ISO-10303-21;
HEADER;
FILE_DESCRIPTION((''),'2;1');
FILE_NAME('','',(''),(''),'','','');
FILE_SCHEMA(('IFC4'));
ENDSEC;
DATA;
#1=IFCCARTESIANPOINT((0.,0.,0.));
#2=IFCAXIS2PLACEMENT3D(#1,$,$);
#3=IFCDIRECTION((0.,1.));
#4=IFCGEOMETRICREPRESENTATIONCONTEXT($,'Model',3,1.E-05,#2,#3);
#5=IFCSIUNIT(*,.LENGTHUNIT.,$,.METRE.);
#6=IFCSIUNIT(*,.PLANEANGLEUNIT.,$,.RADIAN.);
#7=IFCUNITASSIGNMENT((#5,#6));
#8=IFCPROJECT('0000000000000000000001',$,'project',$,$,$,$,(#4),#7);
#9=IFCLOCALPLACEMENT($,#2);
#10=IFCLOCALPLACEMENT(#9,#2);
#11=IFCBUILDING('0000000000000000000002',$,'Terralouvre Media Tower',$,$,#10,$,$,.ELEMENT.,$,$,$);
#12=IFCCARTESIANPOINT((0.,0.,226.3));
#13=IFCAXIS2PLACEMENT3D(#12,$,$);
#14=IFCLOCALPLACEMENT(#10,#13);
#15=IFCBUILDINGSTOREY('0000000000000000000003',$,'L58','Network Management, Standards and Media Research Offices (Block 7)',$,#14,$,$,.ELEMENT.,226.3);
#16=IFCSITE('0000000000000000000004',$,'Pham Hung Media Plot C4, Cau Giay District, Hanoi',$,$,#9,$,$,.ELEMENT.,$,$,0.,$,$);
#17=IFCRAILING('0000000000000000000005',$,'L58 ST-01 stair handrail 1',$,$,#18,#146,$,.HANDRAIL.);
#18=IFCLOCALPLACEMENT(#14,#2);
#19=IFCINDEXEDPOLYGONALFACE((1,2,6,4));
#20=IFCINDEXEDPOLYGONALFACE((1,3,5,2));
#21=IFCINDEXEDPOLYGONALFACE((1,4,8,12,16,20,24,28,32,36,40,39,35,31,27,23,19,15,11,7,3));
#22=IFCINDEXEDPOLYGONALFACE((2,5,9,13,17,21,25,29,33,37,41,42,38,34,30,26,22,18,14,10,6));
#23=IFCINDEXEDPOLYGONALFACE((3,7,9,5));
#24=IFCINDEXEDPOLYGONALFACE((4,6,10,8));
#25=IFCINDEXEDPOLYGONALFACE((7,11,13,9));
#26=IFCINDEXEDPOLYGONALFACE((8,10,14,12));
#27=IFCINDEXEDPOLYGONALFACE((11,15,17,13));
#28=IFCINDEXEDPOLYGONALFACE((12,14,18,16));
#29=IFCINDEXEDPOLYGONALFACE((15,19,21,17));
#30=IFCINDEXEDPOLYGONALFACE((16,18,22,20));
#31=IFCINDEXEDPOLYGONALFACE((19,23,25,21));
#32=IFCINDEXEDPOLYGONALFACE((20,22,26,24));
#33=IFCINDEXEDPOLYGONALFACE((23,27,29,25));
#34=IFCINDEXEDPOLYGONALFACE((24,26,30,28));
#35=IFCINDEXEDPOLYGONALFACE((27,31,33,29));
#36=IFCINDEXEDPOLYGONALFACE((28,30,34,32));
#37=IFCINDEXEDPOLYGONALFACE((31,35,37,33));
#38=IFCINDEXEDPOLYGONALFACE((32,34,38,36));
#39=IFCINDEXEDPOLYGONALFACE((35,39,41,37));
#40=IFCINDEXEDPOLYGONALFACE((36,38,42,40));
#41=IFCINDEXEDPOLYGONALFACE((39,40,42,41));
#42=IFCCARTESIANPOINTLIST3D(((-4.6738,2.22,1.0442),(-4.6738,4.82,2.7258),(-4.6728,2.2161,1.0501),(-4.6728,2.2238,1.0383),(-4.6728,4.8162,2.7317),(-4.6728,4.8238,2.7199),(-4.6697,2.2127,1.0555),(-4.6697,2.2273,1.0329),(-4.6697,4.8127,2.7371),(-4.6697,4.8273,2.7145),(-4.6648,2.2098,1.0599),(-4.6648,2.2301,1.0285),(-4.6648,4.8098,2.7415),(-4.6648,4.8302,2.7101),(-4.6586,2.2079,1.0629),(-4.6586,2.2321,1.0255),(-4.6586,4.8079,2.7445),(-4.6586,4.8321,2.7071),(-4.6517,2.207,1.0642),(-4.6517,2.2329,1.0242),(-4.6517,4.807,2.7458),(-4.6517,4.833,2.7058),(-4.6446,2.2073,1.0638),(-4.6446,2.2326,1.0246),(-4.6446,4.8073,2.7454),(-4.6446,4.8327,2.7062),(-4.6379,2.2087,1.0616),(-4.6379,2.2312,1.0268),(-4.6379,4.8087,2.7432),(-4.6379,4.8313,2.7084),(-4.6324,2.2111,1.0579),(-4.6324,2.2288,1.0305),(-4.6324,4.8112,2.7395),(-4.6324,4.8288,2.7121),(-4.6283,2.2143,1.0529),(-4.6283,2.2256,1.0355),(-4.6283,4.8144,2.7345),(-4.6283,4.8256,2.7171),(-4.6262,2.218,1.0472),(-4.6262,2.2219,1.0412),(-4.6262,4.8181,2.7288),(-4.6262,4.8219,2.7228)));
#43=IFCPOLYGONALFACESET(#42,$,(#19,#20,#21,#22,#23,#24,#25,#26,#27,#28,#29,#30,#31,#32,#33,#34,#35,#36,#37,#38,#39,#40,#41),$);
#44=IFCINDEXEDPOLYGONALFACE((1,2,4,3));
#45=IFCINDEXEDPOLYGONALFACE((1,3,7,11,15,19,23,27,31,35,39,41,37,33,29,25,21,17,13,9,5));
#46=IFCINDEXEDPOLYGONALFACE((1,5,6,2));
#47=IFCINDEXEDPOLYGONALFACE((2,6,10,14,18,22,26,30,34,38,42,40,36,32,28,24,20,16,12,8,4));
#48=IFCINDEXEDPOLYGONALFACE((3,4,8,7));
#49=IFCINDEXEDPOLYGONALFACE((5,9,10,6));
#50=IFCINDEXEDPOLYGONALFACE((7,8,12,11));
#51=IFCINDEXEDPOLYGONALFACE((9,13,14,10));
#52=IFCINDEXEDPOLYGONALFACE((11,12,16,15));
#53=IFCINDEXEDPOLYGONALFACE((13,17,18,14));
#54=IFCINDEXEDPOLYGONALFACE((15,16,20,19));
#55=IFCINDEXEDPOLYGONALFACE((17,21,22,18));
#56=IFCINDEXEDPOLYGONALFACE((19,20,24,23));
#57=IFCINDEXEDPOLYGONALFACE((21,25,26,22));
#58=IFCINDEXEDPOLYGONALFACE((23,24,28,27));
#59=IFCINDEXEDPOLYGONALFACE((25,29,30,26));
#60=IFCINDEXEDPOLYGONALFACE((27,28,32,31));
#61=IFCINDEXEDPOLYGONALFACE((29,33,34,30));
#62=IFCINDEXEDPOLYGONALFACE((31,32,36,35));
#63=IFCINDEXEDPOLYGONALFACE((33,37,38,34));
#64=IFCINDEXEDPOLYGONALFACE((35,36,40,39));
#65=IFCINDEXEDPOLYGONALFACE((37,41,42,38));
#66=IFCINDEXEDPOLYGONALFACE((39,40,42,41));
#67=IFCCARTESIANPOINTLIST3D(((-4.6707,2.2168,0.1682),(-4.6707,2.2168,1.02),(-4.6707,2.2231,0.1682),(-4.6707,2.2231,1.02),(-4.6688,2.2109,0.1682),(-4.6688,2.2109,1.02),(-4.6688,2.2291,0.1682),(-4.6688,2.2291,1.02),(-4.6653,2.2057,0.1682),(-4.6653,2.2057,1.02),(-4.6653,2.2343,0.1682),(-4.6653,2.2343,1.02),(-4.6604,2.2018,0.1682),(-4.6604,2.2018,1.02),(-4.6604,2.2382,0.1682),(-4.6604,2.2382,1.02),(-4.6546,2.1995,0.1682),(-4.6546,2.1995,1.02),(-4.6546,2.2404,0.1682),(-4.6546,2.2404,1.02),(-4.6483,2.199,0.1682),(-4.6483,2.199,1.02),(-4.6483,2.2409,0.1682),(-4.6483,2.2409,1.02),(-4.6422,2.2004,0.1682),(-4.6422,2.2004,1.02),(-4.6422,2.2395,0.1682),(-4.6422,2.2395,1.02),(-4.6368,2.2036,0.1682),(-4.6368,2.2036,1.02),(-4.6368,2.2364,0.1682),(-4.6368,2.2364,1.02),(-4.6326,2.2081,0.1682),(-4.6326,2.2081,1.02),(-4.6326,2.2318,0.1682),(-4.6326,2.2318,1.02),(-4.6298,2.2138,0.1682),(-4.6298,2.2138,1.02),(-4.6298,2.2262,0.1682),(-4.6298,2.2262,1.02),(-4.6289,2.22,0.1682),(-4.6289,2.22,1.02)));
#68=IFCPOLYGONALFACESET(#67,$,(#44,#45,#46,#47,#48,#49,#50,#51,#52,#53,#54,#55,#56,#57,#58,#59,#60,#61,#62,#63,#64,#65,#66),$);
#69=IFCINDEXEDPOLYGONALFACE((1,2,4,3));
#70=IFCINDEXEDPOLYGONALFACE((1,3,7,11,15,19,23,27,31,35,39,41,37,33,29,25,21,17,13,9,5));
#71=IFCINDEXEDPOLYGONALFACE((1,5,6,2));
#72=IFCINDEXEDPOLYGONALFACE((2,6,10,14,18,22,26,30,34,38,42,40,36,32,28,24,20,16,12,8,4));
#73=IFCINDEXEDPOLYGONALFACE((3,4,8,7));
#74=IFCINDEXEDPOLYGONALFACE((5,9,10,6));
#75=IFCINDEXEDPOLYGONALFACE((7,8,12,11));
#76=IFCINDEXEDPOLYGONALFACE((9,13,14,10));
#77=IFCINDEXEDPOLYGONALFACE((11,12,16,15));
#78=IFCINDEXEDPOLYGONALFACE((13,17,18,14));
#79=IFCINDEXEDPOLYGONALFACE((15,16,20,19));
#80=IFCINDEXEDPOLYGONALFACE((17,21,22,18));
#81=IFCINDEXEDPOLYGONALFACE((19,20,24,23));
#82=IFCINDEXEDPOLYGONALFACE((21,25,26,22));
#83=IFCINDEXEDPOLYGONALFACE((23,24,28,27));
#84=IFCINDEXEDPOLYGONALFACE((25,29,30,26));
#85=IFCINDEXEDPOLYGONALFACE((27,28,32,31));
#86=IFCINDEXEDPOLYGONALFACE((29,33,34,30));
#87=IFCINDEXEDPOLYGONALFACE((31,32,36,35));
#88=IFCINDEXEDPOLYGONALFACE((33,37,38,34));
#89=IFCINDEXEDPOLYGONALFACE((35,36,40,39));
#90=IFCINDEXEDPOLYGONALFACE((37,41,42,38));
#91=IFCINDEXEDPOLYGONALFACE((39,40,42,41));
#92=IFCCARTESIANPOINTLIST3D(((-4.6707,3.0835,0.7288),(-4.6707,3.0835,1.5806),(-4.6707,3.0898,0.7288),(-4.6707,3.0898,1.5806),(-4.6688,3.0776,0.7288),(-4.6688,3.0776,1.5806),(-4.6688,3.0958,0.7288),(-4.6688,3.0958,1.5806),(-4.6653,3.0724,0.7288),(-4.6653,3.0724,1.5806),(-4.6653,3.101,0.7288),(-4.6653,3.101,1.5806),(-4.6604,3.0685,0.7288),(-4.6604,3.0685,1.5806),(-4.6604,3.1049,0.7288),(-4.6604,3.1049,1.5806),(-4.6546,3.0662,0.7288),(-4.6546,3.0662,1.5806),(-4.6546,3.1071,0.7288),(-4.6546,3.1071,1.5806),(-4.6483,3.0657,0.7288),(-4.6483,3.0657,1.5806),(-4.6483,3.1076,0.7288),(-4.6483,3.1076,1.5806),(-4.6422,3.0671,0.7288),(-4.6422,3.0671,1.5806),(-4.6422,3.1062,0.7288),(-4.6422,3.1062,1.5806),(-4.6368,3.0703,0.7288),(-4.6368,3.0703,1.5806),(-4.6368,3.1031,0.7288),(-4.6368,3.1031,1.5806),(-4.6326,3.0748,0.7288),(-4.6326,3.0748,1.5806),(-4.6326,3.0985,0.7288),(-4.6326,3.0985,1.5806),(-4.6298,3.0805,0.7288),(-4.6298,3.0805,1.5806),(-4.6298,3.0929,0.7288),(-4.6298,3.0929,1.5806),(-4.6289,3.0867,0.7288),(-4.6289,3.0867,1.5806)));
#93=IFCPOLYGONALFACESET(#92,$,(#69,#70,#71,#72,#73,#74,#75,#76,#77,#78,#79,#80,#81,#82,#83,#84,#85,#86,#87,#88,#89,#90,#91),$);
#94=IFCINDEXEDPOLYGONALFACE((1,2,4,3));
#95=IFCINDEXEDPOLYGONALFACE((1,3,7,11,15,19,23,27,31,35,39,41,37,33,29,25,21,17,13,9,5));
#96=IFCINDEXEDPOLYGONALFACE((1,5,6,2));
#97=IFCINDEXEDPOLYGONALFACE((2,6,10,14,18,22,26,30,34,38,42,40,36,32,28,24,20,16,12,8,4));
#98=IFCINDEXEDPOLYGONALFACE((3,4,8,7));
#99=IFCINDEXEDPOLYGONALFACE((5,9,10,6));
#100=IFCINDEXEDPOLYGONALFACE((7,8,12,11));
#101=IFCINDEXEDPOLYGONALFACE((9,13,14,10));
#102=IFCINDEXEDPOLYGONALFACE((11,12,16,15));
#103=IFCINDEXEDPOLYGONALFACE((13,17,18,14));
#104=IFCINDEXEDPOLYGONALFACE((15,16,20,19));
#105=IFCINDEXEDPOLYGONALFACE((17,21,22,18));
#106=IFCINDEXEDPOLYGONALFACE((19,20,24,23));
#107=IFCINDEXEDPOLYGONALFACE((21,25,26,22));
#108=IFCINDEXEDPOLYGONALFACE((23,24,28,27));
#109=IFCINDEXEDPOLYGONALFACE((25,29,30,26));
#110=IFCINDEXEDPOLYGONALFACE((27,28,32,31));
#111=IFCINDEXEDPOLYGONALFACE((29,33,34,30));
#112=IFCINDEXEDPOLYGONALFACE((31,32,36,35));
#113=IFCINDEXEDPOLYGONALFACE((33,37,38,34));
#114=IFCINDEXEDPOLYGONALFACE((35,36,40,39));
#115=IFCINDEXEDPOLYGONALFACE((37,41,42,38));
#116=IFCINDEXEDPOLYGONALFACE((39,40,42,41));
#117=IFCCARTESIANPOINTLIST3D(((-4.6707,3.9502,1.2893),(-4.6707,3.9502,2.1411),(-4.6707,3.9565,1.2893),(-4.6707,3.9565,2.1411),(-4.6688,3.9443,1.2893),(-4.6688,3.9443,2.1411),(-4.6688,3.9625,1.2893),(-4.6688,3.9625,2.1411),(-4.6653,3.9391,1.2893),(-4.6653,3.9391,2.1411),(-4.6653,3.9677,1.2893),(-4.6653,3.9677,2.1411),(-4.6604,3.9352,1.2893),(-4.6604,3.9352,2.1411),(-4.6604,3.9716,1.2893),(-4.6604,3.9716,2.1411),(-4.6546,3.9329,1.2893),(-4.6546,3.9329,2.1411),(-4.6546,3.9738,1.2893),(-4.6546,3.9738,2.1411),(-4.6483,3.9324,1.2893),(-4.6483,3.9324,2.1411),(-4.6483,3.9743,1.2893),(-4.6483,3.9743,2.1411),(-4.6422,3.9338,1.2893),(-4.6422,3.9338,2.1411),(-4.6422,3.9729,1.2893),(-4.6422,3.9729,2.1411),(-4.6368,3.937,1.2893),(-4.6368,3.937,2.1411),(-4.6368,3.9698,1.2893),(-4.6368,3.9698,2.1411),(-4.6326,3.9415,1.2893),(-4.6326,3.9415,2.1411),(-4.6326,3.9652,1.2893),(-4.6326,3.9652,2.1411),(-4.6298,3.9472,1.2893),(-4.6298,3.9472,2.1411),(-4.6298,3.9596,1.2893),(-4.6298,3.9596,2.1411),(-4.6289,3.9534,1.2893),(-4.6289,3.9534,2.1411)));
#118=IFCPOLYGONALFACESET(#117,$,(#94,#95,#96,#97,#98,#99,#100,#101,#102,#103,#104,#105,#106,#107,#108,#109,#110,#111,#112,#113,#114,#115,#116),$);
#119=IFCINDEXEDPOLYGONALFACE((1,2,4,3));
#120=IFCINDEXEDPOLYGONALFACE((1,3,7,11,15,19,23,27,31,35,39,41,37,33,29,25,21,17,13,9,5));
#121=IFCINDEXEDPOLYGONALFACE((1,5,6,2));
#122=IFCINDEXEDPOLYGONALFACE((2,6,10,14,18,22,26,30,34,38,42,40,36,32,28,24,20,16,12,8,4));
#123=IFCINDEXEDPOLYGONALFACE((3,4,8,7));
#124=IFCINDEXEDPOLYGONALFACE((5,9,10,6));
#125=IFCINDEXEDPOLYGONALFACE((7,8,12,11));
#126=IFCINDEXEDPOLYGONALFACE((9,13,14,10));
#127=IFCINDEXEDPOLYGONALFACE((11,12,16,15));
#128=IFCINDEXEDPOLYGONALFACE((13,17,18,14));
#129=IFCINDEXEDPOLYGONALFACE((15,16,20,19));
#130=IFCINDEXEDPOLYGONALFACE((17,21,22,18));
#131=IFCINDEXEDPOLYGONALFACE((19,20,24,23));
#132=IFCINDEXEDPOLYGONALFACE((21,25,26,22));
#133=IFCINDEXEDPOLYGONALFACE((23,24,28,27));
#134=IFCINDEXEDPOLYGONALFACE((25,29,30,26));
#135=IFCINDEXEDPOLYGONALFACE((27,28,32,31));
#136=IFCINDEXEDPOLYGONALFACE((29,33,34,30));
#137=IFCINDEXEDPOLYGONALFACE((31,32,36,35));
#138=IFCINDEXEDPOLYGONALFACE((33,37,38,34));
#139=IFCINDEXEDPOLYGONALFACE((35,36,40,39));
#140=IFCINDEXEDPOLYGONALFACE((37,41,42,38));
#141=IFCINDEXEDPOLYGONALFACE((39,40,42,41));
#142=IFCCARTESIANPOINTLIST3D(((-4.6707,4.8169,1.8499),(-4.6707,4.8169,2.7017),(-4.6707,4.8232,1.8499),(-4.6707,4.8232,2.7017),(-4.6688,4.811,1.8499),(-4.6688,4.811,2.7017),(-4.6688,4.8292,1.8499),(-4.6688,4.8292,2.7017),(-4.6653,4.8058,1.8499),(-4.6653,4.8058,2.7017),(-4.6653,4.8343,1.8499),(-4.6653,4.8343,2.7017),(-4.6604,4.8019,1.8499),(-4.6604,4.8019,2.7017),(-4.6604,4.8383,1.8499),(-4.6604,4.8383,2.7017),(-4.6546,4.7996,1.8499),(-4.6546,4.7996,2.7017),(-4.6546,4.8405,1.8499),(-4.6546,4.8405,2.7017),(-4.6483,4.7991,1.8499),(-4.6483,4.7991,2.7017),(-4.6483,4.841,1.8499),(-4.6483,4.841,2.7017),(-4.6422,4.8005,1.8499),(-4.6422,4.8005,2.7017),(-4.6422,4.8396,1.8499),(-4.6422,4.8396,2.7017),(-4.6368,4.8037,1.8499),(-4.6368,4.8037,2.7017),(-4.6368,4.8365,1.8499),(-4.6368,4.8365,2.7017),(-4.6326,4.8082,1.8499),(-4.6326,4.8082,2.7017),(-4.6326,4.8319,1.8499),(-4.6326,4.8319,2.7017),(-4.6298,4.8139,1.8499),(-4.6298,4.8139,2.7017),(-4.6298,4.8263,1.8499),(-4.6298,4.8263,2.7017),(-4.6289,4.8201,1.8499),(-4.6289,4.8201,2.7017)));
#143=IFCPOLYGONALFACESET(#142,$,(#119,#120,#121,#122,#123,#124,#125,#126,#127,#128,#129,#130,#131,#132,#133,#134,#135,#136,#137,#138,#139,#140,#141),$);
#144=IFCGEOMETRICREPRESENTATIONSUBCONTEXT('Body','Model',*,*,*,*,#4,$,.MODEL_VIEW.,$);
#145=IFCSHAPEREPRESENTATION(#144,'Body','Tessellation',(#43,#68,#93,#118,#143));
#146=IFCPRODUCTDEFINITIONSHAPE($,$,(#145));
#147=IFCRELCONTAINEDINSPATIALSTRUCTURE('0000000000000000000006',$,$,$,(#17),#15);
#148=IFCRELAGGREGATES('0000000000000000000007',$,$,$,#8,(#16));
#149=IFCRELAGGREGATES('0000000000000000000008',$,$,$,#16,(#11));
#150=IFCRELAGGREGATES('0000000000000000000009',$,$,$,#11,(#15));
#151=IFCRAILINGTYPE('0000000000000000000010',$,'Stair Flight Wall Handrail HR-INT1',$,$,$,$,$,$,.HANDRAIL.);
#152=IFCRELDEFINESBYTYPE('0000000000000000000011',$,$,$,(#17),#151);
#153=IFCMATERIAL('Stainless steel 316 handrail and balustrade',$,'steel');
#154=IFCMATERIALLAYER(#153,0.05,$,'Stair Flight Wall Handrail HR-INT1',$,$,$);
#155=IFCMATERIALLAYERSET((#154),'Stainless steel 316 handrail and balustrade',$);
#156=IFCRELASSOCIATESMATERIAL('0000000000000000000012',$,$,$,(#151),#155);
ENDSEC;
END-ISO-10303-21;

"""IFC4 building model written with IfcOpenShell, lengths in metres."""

from ifc_helpers import new_model, si_unit, direction, frame, origin, origin_2d, place, context, subcontext, project, spatial, circle, extrude, material, layer, layer_set, type_object, element, save


model = new_model("IFC4")

# Units and contexts
model_context = context("Model", 3, precision=1e-05, world=origin(), true_north=direction((0.0, 1.0)))
body_context = subcontext(model_context, "Body", "Model", "MODEL_VIEW")
ifc_project = project(units=[si_unit("LENGTHUNIT", "METRE"), si_unit("PLANEANGLEUNIT", "RADIAN")], contexts=[model_context])

# Site, building, storey
site_placement = place(None, origin())
site = spatial("IfcSite", under=ifc_project, at=site_placement, Name="Pham Hung Media Plot C4, Cau Giay District, Hanoi", CompositionType="ELEMENT", RefElevation=0.0)
building_placement = place(site_placement, origin())
building = spatial("IfcBuilding", under=site, at=building_placement, Name="Terralouvre Media Tower", CompositionType="ELEMENT")
storey_placement = place(building_placement, frame((0.0, 0.0, 226.3)))
storey = spatial("IfcBuildingStorey", under=building, at=storey_placement, Name="L58", Description="Network Management, Standards and Media Research Offices (Block 7)", CompositionType="ELEMENT", Elevation=226.3)

# Railing
ifc_material_1 = material(Name="Stainless steel 316 handrail and balustrade", Category="steel")
ifc_layer_1 = layer(ifc_material_1, 0.05, Name="Stair Flight Wall Handrail HR-INT1")
ifc_layer_set_1 = layer_set([ifc_layer_1], Name="Stainless steel 316 handrail and balustrade")
railing_type_1 = type_object("IfcRailingType", Name="Stair Flight Wall Handrail HR-INT1", PredefinedType="HANDRAIL", material=ifc_layer_set_1)
railing_1_placement = place(storey_placement, frame((-4.6499, 2.22, 0.1682)))
element("IfcRailing", 1, at=railing_1_placement, inside=storey, type_object=railing_type_1, Name="L58 ST-01 stair handrail 1", PredefinedType="HANDRAIL", context=body_context, shape_type="SweptSolid", body=[
    extrude(circle(Radius=0.0239, at=origin_2d()), frame((0.0, 0.0, 0.876), z_axis=(0.0, 0.839684, 0.543075), x_axis=(-1.0, 0.0, 0.0)), (0.0, 0.0, 1.0), 3.0964),
    extrude(circle(Radius=0.021, at=origin_2d()), origin(), (0.0, 0.0, 1.0), 0.8518),
    extrude(circle(Radius=0.021, at=origin_2d()), frame((0.0, 0.8667, 0.5605)), (0.0, 0.0, 1.0), 0.8518),
    extrude(circle(Radius=0.021, at=origin_2d()), frame((0.0, 1.7334, 1.1211)), (0.0, 0.0, 1.0), 0.8518),
    extrude(circle(Radius=0.021, at=origin_2d()), frame((0.0, 2.6001, 1.6816)), (0.0, 0.0, 1.0), 0.8518),
])

save(model, "model.ifc")
